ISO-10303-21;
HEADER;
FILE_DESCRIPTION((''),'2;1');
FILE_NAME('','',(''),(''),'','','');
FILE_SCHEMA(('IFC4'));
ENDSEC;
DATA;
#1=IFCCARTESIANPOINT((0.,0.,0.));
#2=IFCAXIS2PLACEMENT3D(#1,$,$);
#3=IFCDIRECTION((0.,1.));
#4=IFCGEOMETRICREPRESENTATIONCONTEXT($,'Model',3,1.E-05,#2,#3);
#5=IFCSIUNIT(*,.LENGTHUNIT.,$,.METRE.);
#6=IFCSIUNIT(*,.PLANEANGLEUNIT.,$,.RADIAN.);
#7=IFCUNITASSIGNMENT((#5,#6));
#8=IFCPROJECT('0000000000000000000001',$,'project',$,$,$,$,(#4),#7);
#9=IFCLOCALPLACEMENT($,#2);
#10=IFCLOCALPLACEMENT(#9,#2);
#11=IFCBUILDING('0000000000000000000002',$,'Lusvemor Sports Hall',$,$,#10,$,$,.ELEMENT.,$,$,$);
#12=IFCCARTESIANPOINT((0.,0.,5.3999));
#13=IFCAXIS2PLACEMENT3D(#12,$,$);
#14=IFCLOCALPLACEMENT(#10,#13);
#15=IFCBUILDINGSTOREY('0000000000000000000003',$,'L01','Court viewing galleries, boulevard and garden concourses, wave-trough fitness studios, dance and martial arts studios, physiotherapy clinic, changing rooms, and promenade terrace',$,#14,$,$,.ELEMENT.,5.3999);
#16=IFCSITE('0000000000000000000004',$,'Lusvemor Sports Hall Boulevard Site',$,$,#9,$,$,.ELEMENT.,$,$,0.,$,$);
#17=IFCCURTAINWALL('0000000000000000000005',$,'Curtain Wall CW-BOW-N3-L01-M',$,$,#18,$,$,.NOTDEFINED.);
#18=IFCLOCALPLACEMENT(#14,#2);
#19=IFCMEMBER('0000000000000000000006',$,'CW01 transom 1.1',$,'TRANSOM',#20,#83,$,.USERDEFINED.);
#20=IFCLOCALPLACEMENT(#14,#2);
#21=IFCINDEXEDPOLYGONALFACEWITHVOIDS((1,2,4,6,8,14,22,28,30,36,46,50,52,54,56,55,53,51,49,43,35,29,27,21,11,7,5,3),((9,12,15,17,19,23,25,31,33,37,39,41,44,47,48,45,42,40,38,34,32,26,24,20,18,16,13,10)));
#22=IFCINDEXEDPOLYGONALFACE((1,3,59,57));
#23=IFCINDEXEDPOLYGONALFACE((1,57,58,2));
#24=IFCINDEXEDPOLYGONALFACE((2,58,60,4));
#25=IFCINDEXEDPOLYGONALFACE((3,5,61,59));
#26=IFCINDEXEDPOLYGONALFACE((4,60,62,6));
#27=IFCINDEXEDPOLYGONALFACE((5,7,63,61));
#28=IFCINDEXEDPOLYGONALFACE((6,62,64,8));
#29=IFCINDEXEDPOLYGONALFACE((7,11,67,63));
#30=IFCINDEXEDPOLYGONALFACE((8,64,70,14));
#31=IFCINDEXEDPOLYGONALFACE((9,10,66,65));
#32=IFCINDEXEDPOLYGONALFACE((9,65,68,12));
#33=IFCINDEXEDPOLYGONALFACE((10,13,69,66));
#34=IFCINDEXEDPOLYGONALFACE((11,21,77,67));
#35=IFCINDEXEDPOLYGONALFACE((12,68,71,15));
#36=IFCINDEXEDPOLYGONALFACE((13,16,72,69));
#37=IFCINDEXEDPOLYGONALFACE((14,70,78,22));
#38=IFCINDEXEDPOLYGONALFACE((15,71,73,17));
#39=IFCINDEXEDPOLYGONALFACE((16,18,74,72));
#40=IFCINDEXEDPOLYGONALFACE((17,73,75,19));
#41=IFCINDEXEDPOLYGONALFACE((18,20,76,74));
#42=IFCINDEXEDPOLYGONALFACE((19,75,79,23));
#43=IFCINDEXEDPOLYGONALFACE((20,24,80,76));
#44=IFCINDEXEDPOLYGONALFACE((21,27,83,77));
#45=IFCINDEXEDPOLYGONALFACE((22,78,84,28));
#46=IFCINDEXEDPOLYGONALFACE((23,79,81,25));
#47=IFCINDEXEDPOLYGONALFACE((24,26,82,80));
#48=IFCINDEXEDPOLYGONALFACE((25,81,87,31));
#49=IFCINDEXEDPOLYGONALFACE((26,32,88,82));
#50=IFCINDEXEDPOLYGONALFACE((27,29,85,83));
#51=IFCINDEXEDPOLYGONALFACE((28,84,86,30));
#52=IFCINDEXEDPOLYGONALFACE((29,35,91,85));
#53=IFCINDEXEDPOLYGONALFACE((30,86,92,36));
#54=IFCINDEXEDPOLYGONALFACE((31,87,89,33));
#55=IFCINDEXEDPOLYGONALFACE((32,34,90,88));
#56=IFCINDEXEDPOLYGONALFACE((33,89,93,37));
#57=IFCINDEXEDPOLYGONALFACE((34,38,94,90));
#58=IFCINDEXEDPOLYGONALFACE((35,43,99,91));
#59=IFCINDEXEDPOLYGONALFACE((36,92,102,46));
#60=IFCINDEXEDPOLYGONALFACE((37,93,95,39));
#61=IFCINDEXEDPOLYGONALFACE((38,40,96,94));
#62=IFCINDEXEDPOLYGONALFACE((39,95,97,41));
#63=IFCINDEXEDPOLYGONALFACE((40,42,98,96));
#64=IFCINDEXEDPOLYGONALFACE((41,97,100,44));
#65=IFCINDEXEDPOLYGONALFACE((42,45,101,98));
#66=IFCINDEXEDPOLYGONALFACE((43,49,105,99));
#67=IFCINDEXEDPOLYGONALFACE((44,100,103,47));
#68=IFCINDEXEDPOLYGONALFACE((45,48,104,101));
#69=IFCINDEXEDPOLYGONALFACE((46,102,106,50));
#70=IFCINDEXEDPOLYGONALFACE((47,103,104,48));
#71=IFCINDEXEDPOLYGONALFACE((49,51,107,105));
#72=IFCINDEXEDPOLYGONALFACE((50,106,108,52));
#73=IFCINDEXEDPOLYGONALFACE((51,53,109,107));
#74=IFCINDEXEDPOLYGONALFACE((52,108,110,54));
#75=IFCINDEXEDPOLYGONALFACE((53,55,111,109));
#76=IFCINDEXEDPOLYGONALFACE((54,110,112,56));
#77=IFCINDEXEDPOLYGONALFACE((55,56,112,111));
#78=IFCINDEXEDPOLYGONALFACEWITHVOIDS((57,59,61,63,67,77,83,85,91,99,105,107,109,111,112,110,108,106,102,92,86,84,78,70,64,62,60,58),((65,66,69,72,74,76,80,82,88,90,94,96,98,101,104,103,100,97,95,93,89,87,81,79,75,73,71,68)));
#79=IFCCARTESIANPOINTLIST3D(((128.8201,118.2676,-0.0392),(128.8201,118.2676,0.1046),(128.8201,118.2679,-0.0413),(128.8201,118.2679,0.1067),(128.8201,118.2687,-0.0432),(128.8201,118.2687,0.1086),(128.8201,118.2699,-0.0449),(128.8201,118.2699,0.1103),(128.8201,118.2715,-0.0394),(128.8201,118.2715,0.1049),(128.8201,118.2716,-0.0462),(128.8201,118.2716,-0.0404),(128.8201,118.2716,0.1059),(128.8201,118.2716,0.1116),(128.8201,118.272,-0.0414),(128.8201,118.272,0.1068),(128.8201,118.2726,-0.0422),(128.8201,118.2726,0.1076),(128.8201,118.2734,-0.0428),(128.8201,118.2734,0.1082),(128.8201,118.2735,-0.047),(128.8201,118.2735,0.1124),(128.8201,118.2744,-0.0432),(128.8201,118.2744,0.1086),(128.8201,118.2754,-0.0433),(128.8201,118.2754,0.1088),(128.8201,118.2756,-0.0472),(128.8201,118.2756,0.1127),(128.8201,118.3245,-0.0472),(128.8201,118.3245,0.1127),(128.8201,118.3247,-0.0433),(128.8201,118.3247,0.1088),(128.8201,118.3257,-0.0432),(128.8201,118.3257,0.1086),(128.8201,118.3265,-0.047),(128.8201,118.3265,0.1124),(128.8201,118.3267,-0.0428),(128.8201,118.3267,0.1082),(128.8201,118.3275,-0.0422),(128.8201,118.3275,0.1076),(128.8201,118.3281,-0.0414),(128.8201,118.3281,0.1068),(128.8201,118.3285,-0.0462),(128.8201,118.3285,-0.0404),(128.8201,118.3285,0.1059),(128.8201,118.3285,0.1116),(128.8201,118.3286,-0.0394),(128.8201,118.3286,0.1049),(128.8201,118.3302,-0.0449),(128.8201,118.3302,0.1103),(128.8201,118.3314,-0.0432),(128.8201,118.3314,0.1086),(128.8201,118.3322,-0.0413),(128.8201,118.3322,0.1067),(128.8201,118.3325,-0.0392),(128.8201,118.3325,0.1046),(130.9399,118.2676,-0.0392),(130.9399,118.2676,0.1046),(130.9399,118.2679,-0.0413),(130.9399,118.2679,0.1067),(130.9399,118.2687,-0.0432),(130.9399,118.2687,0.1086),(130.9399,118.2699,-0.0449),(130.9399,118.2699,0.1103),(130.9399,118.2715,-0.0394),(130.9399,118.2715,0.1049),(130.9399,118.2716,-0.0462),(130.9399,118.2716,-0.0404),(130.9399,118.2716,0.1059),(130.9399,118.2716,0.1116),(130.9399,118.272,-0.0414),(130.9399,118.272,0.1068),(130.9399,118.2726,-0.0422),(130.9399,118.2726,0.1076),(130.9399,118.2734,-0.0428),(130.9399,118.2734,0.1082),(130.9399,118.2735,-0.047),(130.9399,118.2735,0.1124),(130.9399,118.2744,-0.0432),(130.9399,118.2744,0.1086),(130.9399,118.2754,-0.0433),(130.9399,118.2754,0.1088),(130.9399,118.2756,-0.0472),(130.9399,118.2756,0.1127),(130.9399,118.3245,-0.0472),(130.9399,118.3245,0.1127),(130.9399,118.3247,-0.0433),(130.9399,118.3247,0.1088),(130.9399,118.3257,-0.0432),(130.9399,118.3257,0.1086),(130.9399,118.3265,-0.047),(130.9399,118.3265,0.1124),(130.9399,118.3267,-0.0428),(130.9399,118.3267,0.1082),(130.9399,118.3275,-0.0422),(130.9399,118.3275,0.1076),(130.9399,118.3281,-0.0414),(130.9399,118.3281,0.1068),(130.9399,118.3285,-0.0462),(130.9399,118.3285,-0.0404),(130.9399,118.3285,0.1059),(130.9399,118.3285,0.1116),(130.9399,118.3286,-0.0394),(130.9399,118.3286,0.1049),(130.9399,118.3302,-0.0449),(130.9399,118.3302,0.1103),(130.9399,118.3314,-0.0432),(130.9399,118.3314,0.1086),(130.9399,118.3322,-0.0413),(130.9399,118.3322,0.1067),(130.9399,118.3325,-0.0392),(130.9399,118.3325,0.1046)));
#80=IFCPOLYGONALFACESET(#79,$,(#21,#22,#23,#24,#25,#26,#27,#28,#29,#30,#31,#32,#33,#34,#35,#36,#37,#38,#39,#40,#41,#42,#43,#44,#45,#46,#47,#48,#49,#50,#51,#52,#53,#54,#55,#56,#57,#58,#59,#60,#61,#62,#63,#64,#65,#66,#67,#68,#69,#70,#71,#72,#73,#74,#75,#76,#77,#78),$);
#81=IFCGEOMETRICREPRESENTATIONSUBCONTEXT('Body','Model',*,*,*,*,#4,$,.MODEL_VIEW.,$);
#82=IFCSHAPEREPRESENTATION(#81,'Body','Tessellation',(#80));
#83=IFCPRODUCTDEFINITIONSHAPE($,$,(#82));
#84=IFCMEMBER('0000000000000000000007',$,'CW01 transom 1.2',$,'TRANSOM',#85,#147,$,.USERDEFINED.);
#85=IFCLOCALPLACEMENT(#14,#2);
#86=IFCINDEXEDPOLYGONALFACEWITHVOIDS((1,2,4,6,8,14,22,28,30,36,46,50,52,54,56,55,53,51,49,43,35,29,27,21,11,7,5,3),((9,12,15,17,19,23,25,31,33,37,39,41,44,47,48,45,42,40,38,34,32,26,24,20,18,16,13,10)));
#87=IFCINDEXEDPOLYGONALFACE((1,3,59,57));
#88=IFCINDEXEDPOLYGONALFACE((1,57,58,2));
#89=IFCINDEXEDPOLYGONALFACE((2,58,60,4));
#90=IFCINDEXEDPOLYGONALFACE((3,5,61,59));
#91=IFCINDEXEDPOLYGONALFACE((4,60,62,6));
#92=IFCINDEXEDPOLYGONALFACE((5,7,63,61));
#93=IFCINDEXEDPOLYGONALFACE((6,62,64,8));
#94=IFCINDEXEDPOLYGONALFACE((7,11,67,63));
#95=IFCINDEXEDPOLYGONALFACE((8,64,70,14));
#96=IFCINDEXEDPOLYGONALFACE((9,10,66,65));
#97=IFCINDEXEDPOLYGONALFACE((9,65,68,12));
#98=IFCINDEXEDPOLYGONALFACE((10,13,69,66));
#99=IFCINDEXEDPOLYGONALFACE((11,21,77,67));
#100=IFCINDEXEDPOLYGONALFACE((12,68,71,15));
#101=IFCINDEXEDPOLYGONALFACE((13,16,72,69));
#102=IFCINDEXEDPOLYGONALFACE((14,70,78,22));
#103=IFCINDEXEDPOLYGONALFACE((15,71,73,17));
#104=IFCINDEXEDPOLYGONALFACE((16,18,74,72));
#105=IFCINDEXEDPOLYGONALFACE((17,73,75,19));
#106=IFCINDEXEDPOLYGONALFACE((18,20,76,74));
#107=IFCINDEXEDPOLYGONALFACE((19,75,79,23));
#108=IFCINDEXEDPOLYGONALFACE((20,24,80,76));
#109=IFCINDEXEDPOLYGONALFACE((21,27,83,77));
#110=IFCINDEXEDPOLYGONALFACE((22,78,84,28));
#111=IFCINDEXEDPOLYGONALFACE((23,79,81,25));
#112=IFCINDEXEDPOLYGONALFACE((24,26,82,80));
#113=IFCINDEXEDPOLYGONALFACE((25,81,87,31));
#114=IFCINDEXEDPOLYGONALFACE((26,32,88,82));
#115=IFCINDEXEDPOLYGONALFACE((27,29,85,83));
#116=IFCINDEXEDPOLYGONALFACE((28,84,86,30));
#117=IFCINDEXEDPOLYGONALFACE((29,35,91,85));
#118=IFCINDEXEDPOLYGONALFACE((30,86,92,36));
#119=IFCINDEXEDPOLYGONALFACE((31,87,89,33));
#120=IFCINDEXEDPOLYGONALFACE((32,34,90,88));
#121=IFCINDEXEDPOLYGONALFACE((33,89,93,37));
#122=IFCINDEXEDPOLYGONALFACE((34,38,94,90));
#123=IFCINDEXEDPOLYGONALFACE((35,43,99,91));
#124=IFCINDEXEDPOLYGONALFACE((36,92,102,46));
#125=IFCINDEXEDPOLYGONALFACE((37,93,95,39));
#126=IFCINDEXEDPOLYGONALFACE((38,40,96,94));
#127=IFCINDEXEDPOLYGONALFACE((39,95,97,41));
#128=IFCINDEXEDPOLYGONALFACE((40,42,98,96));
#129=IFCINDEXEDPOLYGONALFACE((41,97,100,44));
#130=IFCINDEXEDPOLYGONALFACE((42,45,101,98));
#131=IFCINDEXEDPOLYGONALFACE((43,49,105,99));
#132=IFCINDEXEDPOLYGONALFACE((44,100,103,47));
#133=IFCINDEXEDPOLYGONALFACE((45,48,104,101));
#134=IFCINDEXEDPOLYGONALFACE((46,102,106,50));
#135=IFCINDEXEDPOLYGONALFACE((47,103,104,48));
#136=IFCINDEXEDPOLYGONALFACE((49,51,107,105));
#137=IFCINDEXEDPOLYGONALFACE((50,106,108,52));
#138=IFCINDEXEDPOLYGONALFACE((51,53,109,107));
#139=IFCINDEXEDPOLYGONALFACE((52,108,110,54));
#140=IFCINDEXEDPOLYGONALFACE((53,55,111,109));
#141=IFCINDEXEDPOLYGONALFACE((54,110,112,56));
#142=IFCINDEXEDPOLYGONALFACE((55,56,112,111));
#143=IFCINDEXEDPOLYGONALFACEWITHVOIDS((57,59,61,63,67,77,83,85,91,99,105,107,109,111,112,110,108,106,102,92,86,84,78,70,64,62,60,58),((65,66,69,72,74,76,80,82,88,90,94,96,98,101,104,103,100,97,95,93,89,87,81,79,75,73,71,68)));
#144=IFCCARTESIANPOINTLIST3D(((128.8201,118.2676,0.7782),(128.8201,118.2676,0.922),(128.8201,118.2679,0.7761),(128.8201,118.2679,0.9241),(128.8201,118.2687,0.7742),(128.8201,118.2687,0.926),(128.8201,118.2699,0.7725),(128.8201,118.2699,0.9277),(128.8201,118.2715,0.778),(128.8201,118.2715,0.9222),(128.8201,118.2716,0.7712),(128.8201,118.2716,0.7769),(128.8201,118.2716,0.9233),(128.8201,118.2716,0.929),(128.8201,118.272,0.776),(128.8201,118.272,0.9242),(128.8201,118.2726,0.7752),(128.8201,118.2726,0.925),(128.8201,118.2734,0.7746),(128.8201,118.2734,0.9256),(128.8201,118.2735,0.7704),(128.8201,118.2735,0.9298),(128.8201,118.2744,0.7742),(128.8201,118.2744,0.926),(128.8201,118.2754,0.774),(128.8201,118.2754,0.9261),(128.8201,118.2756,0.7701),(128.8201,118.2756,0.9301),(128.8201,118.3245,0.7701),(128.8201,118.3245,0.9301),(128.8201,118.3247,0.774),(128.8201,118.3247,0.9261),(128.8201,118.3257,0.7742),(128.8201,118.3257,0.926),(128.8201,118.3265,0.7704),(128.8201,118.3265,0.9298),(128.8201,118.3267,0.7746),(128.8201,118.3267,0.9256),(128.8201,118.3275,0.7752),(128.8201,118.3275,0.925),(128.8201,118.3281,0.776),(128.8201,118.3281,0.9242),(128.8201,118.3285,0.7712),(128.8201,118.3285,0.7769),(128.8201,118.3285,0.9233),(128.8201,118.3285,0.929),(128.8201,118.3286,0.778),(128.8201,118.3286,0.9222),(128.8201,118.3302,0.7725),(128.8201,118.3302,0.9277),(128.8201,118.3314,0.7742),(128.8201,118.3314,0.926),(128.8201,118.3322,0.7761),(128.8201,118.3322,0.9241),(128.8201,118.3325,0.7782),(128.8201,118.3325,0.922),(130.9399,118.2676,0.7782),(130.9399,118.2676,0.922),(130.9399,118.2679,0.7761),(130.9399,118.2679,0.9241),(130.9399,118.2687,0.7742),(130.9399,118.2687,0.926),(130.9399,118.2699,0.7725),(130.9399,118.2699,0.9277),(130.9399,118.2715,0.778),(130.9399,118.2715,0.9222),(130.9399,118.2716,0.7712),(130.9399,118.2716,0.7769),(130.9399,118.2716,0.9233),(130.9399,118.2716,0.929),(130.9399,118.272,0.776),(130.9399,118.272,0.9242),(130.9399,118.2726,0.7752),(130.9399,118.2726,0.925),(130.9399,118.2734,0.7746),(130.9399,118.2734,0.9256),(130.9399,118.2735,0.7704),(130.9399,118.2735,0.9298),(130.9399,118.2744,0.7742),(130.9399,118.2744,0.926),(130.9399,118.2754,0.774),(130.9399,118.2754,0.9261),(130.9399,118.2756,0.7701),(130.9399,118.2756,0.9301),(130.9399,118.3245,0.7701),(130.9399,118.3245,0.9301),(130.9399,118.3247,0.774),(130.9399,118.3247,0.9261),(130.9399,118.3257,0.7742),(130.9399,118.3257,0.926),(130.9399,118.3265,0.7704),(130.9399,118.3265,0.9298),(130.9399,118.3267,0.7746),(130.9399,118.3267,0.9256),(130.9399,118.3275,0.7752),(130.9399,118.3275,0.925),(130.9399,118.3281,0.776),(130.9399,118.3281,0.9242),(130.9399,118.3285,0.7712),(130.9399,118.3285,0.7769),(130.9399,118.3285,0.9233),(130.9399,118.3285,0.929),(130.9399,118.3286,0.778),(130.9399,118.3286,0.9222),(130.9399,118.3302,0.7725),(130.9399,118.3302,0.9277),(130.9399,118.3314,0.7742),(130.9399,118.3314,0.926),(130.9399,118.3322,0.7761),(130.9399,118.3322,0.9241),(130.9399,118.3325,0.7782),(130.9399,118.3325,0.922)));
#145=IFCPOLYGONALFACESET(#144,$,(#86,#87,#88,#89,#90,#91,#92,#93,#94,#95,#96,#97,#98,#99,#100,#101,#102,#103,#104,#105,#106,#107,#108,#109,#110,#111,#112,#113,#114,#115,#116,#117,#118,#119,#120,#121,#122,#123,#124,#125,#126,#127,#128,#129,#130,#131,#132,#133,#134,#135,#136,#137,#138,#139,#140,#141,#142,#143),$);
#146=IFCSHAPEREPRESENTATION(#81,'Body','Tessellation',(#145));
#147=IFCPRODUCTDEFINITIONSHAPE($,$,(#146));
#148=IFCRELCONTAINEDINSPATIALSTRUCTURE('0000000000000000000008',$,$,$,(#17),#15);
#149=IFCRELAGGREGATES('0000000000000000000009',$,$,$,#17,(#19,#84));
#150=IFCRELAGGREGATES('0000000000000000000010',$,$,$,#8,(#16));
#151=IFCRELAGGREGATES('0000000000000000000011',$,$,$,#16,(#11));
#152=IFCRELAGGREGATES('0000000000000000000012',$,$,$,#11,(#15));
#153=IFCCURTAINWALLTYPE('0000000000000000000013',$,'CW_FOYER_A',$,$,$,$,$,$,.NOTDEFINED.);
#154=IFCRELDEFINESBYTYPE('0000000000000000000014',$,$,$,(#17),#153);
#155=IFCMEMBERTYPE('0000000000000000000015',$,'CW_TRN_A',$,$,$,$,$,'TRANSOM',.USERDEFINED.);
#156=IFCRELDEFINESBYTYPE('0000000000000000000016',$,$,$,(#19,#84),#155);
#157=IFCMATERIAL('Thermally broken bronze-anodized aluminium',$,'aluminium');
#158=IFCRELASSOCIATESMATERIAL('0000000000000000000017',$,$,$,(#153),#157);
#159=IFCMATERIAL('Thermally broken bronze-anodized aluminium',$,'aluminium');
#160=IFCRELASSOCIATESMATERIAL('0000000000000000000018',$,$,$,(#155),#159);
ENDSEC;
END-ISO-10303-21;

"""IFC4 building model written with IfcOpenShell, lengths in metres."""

from ifc_helpers import new_model, si_unit, direction, frame, origin, origin_2d, place, context, subcontext, project, spatial, hollow_rectangle, extrude, material, material_profile, profile_set, type_object, element, aggregate, save


model = new_model("IFC4")

# Units and contexts
model_context = context("Model", 3, precision=1e-05, world=origin(), true_north=direction((0.0, 1.0)))
body_context = subcontext(model_context, "Body", "Model", "MODEL_VIEW")
ifc_project = project(units=[si_unit("LENGTHUNIT", "METRE"), si_unit("PLANEANGLEUNIT", "RADIAN")], contexts=[model_context])

# Site, building, storey
site_placement = place(None, origin())
site = spatial("IfcSite", under=ifc_project, at=site_placement, Name="Lusvemor Sports Hall Boulevard Site", CompositionType="ELEMENT", RefElevation=0.0)
building_placement = place(site_placement, origin())
building = spatial("IfcBuilding", under=site, at=building_placement, Name="Lusvemor Sports Hall", CompositionType="ELEMENT")
storey_placement = place(building_placement, frame((0.0, 0.0, 5.3999)))
storey = spatial("IfcBuildingStorey", under=building, at=storey_placement, Name="L01", Description="Court viewing galleries, boulevard and garden concourses, wave-trough fitness studios, dance and martial arts studios, physiotherapy clinic, changing rooms, and promenade terrace", CompositionType="ELEMENT", Elevation=5.3999)

# Curtain wall, members
ifc_material_1 = material(Name="Thermally broken bronze-anodized aluminium", Category="aluminium")
curtain_wall_type = type_object("IfcCurtainWallType", Name="CW_FOYER_A", PredefinedType="NOTDEFINED", material=ifc_material_1)
curtain_wall_placement = place(storey_placement, origin())
curtain_wall = element("IfcCurtainWall", 1, at=curtain_wall_placement, inside=storey, type_object=curtain_wall_type, Name="Curtain Wall CW-BOW-N3-L01-M", PredefinedType="NOTDEFINED")
ifc_material_2 = material(Name="Thermally broken bronze-anodized aluminium", Category="aluminium")
ifc_material_profile_1 = material_profile(ifc_material_2, hollow_rectangle(XDim=0.0649, YDim=0.1599, WallThickness=0.0039, InnerFilletRadius=0.0039, OuterFilletRadius=0.0081, at=origin_2d()), Name="CWTRN160x65x4")
ifc_profile_set_1 = profile_set([ifc_material_profile_1], Name="Thermally broken bronze-anodized aluminium")
member_type_1 = type_object("IfcMemberType", Name="CW_TRN_A", ElementType="TRANSOM", PredefinedType="USERDEFINED", material=ifc_profile_set_1)
member_1_placement = place(storey_placement, frame((128.8201, 118.3, 0.0327), z_axis=(1.0, 0.0, 0.0), x_axis=(0.0, 1.0, 0.0)))
member_1 = element("IfcMember", 2, at=member_1_placement, type_object=member_type_1, Name="CW01 transom 1.1", ObjectType="TRANSOM", PredefinedType="USERDEFINED", context=body_context, shape_type="SweptSolid", body=[
    extrude(hollow_rectangle(XDim=0.0649, YDim=0.1599, WallThickness=0.0039, InnerFilletRadius=0.0039, OuterFilletRadius=0.0081, at=origin_2d()), origin(), (0.0, 0.0, 1.0), 2.1199),
])
member_2_placement = place(storey_placement, frame((128.8201, 118.3, 0.8501), z_axis=(1.0, 0.0, 0.0), x_axis=(0.0, 1.0, 0.0)))
member_2 = element("IfcMember", 3, at=member_2_placement, type_object=member_type_1, Name="CW01 transom 1.2", ObjectType="TRANSOM", PredefinedType="USERDEFINED", context=body_context, shape_type="SweptSolid", body=[
    extrude(hollow_rectangle(XDim=0.0649, YDim=0.1599, WallThickness=0.0039, InnerFilletRadius=0.0039, OuterFilletRadius=0.0081, at=origin_2d()), origin(), (0.0, 0.0, 1.0), 2.1199),
])

aggregate(curtain_wall, [member_1, member_2])

save(model, "model.ifc")
